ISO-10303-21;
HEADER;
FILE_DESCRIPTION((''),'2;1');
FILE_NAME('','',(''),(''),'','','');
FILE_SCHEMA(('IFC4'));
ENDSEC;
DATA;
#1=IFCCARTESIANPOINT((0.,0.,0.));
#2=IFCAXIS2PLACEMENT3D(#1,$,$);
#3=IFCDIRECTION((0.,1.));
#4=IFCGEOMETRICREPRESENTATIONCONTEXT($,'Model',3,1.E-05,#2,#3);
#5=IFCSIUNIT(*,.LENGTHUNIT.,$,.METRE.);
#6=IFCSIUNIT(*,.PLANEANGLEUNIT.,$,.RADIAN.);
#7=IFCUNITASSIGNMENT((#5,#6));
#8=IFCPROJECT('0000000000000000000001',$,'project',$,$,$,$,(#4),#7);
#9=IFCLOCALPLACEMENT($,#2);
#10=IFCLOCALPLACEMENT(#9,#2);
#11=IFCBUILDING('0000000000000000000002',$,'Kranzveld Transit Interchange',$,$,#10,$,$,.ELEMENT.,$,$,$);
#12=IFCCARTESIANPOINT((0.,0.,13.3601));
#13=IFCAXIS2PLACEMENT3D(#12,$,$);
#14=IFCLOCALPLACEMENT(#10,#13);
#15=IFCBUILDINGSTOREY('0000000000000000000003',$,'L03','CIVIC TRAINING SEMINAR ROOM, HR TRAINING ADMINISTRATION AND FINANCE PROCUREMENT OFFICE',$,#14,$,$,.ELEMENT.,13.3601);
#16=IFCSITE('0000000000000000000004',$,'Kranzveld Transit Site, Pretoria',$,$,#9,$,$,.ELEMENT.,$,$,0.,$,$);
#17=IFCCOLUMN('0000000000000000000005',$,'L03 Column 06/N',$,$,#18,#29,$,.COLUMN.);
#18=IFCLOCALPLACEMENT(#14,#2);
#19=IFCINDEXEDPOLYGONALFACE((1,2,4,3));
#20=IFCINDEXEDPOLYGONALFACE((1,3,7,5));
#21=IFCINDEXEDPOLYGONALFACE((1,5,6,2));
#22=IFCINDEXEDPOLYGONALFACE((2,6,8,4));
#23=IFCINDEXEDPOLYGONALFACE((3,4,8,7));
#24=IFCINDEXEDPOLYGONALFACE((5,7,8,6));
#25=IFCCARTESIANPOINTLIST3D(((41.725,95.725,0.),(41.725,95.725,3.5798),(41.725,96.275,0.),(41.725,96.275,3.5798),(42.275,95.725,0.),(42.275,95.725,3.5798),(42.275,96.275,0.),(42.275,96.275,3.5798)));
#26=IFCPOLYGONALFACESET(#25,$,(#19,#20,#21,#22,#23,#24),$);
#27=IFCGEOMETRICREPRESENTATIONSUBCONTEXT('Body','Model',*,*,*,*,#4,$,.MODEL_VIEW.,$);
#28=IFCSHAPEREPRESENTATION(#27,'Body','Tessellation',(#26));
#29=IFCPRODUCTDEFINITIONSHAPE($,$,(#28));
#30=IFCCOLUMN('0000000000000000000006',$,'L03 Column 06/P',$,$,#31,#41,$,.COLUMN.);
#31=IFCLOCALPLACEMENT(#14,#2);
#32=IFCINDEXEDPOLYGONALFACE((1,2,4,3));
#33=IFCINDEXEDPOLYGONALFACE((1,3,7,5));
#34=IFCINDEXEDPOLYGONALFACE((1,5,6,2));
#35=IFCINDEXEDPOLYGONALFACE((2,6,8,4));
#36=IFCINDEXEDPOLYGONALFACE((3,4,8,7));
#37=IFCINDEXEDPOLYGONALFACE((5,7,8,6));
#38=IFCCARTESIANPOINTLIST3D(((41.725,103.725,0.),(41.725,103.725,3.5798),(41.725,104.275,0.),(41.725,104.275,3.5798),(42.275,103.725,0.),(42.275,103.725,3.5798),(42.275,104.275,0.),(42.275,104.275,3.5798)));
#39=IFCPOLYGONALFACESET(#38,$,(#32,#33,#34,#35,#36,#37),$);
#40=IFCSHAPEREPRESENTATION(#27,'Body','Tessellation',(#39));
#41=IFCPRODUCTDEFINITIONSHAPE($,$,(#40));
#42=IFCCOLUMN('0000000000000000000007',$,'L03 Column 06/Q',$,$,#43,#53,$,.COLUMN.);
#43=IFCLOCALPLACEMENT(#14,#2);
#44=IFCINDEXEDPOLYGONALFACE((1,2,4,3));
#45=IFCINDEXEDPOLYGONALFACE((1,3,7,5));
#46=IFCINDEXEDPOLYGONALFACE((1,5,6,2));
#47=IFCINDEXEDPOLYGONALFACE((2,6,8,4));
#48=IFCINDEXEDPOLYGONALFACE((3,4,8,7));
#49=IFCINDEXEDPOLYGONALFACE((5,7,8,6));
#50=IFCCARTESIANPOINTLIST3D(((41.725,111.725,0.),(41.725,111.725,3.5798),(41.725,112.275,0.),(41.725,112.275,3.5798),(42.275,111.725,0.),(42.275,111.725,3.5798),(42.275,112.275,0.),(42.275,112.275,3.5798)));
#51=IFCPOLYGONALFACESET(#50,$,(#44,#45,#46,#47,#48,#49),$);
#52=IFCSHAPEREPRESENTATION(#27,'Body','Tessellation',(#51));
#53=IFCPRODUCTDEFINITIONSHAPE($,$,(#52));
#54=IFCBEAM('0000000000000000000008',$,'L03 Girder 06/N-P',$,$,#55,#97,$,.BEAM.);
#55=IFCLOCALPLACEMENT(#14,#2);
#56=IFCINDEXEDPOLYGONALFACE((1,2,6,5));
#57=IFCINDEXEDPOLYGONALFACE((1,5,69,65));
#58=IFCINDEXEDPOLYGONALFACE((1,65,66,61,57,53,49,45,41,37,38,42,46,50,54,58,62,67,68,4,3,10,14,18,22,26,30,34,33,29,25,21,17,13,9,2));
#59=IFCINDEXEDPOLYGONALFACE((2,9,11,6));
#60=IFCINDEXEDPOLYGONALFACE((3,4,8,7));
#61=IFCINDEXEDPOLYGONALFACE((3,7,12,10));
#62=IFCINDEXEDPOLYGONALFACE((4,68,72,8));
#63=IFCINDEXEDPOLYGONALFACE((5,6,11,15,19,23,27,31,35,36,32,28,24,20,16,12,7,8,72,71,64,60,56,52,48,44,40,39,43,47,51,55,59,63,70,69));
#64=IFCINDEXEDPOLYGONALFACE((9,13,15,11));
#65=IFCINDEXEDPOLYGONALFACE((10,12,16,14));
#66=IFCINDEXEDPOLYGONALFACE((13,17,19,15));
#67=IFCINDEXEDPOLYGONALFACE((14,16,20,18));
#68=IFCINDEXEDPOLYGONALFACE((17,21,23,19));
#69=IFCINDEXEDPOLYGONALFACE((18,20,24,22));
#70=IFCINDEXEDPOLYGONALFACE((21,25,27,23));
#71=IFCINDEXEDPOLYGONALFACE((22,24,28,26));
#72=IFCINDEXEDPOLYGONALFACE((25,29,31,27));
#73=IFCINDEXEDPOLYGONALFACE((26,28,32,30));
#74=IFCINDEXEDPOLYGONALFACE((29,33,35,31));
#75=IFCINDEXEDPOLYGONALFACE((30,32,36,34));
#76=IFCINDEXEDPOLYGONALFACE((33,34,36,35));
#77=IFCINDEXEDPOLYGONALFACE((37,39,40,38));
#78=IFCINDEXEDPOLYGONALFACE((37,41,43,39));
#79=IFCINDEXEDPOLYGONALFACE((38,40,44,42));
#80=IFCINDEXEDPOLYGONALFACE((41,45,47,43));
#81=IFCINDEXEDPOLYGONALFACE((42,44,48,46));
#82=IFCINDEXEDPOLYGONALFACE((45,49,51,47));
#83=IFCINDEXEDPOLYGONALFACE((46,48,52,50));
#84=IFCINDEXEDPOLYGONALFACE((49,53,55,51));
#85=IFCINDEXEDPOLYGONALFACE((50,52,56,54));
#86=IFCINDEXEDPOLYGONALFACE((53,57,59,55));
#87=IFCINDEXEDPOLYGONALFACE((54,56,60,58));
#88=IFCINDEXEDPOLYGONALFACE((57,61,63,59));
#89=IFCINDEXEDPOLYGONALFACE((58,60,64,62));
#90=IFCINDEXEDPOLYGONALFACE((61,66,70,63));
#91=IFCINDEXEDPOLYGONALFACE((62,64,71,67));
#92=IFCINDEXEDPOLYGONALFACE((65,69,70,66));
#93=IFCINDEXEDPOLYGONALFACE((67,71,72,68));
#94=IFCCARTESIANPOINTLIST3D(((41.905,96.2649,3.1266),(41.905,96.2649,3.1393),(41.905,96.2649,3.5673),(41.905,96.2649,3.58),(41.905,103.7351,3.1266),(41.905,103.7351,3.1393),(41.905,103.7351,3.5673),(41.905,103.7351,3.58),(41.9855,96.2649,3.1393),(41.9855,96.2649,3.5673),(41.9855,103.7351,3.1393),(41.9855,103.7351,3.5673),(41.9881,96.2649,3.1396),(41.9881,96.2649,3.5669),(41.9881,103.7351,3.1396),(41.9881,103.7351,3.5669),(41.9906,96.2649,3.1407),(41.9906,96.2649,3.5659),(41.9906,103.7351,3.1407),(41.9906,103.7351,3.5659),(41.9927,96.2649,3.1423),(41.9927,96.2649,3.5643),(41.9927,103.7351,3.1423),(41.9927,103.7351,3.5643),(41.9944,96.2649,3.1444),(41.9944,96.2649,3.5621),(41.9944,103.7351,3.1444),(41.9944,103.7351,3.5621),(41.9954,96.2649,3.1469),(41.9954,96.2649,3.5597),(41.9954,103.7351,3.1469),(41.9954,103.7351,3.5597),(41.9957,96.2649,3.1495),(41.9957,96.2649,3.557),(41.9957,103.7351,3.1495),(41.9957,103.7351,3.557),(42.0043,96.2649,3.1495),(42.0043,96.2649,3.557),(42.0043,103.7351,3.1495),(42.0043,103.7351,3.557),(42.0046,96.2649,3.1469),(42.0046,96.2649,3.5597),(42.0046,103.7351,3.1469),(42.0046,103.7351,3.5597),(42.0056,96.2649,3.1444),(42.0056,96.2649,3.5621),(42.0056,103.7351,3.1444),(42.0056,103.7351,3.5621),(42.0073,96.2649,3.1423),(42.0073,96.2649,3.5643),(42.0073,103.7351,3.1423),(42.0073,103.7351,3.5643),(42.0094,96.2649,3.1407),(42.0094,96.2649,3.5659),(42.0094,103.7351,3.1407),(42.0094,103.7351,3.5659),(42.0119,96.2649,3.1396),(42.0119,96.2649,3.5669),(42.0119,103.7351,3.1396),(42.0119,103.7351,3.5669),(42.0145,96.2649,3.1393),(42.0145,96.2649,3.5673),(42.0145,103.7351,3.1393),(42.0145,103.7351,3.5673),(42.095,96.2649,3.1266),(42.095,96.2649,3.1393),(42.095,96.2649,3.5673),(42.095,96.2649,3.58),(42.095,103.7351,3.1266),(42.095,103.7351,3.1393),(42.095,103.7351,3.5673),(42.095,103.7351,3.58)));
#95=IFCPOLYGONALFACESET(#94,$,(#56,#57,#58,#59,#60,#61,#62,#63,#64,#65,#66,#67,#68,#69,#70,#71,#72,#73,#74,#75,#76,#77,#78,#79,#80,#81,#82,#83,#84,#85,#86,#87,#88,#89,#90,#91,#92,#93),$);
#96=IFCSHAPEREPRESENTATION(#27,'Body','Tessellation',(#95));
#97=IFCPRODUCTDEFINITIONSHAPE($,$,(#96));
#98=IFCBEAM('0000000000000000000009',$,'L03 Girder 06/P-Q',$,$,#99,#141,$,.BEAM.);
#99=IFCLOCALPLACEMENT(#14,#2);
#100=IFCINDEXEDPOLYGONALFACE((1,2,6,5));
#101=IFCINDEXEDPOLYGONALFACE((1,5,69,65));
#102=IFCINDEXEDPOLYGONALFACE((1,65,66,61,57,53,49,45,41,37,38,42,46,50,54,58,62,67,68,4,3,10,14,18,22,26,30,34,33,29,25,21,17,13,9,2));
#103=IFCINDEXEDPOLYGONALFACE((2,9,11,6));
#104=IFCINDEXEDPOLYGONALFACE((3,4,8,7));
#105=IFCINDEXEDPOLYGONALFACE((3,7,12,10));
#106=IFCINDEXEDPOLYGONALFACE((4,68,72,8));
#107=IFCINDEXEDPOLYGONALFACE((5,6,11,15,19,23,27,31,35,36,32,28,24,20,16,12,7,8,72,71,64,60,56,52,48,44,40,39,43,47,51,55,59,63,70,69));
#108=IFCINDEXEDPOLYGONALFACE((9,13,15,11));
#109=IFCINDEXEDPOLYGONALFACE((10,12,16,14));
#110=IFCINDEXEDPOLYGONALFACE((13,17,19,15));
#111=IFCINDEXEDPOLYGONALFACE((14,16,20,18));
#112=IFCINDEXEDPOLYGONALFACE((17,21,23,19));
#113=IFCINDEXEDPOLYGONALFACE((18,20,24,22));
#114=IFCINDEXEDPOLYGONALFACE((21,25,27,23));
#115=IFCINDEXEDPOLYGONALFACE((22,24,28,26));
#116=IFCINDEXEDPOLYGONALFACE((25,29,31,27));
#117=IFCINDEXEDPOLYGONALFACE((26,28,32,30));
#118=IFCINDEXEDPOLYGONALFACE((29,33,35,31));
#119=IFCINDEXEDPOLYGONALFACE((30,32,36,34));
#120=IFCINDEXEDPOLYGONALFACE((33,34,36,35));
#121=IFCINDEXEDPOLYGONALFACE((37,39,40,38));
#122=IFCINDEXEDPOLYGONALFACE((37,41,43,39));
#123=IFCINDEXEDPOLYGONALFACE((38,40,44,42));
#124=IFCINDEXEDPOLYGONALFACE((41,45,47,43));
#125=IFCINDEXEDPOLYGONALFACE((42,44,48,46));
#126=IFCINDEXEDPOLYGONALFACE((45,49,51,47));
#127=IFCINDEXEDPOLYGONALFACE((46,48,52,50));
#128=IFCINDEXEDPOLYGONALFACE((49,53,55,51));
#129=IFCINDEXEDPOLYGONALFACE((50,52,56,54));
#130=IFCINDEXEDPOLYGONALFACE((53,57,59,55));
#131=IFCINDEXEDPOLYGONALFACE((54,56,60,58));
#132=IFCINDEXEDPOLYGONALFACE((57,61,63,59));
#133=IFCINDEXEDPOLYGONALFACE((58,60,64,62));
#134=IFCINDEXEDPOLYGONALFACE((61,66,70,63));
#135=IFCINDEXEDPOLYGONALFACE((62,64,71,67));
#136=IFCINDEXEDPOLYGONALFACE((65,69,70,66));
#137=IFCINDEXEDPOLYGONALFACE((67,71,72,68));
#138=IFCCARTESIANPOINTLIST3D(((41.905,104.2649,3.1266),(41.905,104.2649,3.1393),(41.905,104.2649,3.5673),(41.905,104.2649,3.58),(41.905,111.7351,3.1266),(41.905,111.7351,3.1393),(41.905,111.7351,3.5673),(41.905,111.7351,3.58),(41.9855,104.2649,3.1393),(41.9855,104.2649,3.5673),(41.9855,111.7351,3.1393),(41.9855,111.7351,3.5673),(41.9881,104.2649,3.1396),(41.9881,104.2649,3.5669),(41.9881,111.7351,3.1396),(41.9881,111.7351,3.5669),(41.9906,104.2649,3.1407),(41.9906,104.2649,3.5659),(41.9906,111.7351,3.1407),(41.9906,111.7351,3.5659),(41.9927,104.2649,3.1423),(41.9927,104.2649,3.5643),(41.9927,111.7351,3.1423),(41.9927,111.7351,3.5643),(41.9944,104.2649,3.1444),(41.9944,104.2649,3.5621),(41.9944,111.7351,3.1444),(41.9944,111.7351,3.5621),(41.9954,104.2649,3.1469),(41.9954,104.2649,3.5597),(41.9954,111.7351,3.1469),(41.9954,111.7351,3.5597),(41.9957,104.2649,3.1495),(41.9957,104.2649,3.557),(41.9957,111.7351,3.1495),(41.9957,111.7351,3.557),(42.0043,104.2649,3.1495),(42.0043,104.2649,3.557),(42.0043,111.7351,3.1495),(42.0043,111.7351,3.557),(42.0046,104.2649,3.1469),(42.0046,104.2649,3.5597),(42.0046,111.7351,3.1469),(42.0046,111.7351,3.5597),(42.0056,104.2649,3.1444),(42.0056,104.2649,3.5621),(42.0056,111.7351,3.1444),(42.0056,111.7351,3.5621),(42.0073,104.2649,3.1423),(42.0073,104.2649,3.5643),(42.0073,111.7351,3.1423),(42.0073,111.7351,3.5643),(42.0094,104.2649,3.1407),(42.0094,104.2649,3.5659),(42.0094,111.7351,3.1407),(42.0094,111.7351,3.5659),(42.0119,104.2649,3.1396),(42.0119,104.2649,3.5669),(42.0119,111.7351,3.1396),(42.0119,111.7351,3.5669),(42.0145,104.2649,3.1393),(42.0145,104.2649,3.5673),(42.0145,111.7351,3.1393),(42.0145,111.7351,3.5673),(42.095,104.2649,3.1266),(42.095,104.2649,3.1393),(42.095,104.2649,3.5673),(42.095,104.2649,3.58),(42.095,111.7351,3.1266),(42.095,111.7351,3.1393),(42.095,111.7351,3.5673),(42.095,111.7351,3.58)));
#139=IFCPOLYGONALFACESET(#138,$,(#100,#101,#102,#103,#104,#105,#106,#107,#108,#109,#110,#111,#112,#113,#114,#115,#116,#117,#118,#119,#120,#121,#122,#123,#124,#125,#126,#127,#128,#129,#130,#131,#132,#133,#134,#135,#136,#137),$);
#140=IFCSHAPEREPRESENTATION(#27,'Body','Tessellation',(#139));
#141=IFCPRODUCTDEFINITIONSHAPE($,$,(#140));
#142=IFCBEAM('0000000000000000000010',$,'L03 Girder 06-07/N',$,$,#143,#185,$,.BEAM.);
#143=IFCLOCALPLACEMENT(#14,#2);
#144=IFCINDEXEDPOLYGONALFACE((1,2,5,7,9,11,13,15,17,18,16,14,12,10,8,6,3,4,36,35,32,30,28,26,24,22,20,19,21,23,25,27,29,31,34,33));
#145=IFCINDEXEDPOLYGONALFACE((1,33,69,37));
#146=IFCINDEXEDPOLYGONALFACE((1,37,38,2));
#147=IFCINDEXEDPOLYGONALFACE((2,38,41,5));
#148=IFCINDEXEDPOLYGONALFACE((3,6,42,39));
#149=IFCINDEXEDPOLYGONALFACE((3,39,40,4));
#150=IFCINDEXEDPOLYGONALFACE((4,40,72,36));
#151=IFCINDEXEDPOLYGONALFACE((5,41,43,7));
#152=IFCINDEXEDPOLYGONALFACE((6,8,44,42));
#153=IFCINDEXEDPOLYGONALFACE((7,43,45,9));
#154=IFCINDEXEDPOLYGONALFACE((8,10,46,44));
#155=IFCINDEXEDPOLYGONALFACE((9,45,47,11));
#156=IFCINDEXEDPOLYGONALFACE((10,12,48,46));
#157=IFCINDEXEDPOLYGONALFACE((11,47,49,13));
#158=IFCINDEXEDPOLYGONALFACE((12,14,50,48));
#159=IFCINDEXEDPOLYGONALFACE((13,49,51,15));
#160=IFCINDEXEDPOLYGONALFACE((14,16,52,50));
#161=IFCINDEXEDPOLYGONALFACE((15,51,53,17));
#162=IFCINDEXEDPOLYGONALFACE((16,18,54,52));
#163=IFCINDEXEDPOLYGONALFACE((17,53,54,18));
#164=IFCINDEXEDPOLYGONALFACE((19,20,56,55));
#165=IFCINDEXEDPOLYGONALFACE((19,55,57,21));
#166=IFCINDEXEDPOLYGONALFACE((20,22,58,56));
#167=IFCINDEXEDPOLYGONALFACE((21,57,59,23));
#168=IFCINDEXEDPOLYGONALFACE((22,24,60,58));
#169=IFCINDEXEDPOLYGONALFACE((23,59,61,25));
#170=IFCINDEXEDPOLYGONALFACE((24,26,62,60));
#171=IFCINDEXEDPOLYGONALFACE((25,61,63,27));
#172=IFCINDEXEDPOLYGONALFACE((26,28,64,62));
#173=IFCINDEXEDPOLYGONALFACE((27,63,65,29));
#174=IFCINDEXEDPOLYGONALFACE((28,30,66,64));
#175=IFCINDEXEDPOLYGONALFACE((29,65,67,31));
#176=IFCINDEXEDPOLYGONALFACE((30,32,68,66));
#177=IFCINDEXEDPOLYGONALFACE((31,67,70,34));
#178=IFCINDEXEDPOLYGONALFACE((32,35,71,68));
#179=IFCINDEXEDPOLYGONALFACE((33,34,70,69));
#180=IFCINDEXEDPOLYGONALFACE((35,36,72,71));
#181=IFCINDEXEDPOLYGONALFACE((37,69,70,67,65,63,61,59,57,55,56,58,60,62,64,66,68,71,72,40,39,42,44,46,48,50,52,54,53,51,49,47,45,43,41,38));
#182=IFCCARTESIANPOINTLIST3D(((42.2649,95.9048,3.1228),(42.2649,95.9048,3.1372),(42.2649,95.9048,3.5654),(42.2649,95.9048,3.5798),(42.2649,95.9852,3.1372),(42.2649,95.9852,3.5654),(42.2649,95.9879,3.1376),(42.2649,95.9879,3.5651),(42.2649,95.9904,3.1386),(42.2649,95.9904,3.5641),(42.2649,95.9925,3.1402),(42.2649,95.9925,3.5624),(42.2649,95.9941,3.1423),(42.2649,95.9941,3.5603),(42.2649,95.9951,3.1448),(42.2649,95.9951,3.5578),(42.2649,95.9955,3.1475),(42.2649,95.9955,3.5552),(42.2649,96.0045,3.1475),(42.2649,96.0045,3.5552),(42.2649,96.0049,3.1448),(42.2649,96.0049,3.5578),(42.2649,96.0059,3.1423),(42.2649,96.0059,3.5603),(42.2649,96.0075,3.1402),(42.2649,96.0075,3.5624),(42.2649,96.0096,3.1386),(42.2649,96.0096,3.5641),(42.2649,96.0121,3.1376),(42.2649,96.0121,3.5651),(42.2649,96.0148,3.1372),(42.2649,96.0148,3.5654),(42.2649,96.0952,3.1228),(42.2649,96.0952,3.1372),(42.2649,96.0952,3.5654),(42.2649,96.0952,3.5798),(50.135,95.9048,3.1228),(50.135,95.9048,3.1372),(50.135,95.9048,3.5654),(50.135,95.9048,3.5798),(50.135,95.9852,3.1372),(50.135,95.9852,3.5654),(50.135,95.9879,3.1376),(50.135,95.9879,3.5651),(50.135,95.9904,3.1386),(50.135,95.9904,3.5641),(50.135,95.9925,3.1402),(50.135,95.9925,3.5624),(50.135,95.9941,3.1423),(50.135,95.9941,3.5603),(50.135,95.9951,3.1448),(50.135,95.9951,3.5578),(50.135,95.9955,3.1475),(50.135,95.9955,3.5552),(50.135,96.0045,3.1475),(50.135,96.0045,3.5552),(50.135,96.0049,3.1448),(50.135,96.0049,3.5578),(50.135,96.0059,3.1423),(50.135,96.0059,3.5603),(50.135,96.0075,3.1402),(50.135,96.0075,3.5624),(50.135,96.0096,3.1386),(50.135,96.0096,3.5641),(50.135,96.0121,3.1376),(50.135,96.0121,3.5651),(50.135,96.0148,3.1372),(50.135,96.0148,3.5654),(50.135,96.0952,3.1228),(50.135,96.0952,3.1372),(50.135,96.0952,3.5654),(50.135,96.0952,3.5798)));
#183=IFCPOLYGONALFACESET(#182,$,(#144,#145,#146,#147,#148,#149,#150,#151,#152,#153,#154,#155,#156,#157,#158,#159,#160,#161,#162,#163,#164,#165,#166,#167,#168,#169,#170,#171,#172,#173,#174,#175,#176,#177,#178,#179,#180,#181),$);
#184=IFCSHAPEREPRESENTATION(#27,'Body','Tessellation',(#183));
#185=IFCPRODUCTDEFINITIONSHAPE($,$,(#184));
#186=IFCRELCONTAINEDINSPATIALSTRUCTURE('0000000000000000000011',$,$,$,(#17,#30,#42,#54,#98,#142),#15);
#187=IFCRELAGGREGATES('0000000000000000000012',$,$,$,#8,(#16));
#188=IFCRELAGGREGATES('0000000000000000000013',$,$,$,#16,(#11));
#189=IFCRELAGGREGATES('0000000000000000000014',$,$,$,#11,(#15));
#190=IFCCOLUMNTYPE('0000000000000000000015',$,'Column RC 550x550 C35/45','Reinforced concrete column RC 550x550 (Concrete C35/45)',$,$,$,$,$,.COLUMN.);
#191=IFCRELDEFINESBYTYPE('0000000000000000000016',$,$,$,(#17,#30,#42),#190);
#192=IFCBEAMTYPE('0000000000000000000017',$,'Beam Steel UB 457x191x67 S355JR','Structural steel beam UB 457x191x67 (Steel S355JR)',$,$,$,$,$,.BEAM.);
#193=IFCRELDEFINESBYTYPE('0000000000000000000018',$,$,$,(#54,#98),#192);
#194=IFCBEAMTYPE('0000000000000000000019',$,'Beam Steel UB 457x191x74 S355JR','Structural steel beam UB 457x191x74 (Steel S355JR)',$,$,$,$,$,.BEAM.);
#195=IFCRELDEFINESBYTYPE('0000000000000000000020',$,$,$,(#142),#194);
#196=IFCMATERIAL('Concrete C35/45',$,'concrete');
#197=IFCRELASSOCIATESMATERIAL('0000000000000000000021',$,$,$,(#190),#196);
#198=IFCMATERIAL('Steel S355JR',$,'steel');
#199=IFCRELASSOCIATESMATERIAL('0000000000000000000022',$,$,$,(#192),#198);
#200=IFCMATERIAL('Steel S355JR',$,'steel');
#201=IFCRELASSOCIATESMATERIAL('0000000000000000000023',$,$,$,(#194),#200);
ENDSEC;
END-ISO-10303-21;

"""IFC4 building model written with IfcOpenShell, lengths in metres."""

from ifc_helpers import new_model, si_unit, direction, frame, origin, origin_2d, place, context, subcontext, project, spatial, rectangle, i_section, extrude, material, material_profile, profile_set, type_object, element, save


model = new_model("IFC4")

# Units and contexts
model_context = context("Model", 3, precision=1e-05, world=origin(), true_north=direction((0.0, 1.0)))
body_context = subcontext(model_context, "Body", "Model", "MODEL_VIEW")
ifc_project = project(units=[si_unit("LENGTHUNIT", "METRE"), si_unit("PLANEANGLEUNIT", "RADIAN")], contexts=[model_context])

# Site, building, storey
site_placement = place(None, origin())
site = spatial("IfcSite", under=ifc_project, at=site_placement, Name="Kranzveld Transit Site, Pretoria", CompositionType="ELEMENT", RefElevation=0.0)
building_placement = place(site_placement, origin())
building = spatial("IfcBuilding", under=site, at=building_placement, Name="Kranzveld Transit Interchange", CompositionType="ELEMENT")
storey_placement = place(building_placement, frame((0.0, 0.0, 13.3601)))
storey = spatial("IfcBuildingStorey", under=building, at=storey_placement, Name="L03", Description="CIVIC TRAINING SEMINAR ROOM, HR TRAINING ADMINISTRATION AND FINANCE PROCUREMENT OFFICE", CompositionType="ELEMENT", Elevation=13.3601)

# Columns
ifc_material_1 = material(Name="Concrete C35/45", Category="concrete")
ifc_material_profile_1 = material_profile(ifc_material_1, rectangle(XDim=0.55, YDim=0.55, at=origin_2d()), Name="RC 550x550")
ifc_profile_set_1 = profile_set([ifc_material_profile_1], Name="Concrete C35/45")
column_type = type_object("IfcColumnType", Name="Column RC 550x550 C35/45", Description="Reinforced concrete column RC 550x550 (Concrete C35/45)", PredefinedType="COLUMN", material=ifc_profile_set_1)
for number, where, z_axis, x_axis, name in (
    (1, (42.0, 96.0, 0.0), (0.0, 0.0, 1.0), (1.0, 0.0, 0.0), "L03 Column 06/N"),
    (2, (42.0, 104.0, 0.0), (0.0, 0.0, 1.0), (1.0, 0.0, 0.0), "L03 Column 06/P"),
    (3, (42.0, 112.0, 0.0), (0.0, 0.0, 1.0), (1.0, 0.0, 0.0), "L03 Column 06/Q"),
):
    element("IfcColumn", number, at=place(storey_placement, frame(where, z_axis=z_axis, x_axis=x_axis)), inside=storey, type_object=column_type, Name=name, PredefinedType="COLUMN", context=body_context, shape_type="SweptSolid", body=[
        extrude(rectangle(XDim=0.55, YDim=0.55, at=origin_2d()), origin(), (0.0, 0.0, 1.0), 3.5798),
    ])

# Beams
ifc_material_2 = material(Name="Steel S355JR", Category="steel")
ifc_material_profile_2 = material_profile(ifc_material_2, i_section(OverallWidth=0.1899, OverallDepth=0.4534, WebThickness=0.0085, FlangeThickness=0.0127, FilletRadius=0.0103, at=origin_2d()), Name="UB 457x191x67")
ifc_profile_set_2 = profile_set([ifc_material_profile_2], Name="Steel S355JR")
beam_type_1 = type_object("IfcBeamType", Name="Beam Steel UB 457x191x67 S355JR", Description="Structural steel beam UB 457x191x67 (Steel S355JR)", PredefinedType="BEAM", material=ifc_profile_set_2)
for number, where, z_axis, x_axis, name in (
    (4, (42.0, 96.2649, 3.3533), (0.0, 1.0, 0.0), (-1.0, 0.0, 0.0), "L03 Girder 06/N-P"),
    (5, (42.0, 104.2649, 3.3533), (0.0, 1.0, 0.0), (-1.0, 0.0, 0.0), "L03 Girder 06/P-Q"),
):
    element("IfcBeam", number, at=place(storey_placement, frame(where, z_axis=z_axis, x_axis=x_axis)), inside=storey, type_object=beam_type_1, Name=name, PredefinedType="BEAM", context=body_context, shape_type="SweptSolid", body=[
        extrude(i_section(OverallWidth=0.1899, OverallDepth=0.4534, WebThickness=0.0085, FlangeThickness=0.0127, FilletRadius=0.0103, at=origin_2d()), origin(), (0.0, 0.0, 1.0), 7.4702),
    ])
ifc_material_3 = material(Name="Steel S355JR", Category="steel")
ifc_material_profile_3 = material_profile(ifc_material_3, i_section(OverallWidth=0.1904, OverallDepth=0.457, WebThickness=0.009, FlangeThickness=0.0144, FilletRadius=0.0103, at=origin_2d()), Name="UB 457x191x74")
ifc_profile_set_3 = profile_set([ifc_material_profile_3], Name="Steel S355JR")
beam_type_2 = type_object("IfcBeamType", Name="Beam Steel UB 457x191x74 S355JR", Description="Structural steel beam UB 457x191x74 (Steel S355JR)", PredefinedType="BEAM", material=ifc_profile_set_3)
for number, where, z_axis, x_axis, name in (
    (6, (42.2649, 96.0, 3.3513), (1.0, 0.0, 0.0), (0.0, 1.0, 0.0), "L03 Girder 06-07/N"),
):
    element("IfcBeam", number, at=place(storey_placement, frame(where, z_axis=z_axis, x_axis=x_axis)), inside=storey, type_object=beam_type_2, Name=name, PredefinedType="BEAM", context=body_context, shape_type="SweptSolid", body=[
        extrude(i_section(OverallWidth=0.1904, OverallDepth=0.457, WebThickness=0.009, FlangeThickness=0.0144, FilletRadius=0.0103, at=origin_2d()), origin(), (0.0, 0.0, 1.0), 7.8701),
    ])

save(model, "model.ifc")
